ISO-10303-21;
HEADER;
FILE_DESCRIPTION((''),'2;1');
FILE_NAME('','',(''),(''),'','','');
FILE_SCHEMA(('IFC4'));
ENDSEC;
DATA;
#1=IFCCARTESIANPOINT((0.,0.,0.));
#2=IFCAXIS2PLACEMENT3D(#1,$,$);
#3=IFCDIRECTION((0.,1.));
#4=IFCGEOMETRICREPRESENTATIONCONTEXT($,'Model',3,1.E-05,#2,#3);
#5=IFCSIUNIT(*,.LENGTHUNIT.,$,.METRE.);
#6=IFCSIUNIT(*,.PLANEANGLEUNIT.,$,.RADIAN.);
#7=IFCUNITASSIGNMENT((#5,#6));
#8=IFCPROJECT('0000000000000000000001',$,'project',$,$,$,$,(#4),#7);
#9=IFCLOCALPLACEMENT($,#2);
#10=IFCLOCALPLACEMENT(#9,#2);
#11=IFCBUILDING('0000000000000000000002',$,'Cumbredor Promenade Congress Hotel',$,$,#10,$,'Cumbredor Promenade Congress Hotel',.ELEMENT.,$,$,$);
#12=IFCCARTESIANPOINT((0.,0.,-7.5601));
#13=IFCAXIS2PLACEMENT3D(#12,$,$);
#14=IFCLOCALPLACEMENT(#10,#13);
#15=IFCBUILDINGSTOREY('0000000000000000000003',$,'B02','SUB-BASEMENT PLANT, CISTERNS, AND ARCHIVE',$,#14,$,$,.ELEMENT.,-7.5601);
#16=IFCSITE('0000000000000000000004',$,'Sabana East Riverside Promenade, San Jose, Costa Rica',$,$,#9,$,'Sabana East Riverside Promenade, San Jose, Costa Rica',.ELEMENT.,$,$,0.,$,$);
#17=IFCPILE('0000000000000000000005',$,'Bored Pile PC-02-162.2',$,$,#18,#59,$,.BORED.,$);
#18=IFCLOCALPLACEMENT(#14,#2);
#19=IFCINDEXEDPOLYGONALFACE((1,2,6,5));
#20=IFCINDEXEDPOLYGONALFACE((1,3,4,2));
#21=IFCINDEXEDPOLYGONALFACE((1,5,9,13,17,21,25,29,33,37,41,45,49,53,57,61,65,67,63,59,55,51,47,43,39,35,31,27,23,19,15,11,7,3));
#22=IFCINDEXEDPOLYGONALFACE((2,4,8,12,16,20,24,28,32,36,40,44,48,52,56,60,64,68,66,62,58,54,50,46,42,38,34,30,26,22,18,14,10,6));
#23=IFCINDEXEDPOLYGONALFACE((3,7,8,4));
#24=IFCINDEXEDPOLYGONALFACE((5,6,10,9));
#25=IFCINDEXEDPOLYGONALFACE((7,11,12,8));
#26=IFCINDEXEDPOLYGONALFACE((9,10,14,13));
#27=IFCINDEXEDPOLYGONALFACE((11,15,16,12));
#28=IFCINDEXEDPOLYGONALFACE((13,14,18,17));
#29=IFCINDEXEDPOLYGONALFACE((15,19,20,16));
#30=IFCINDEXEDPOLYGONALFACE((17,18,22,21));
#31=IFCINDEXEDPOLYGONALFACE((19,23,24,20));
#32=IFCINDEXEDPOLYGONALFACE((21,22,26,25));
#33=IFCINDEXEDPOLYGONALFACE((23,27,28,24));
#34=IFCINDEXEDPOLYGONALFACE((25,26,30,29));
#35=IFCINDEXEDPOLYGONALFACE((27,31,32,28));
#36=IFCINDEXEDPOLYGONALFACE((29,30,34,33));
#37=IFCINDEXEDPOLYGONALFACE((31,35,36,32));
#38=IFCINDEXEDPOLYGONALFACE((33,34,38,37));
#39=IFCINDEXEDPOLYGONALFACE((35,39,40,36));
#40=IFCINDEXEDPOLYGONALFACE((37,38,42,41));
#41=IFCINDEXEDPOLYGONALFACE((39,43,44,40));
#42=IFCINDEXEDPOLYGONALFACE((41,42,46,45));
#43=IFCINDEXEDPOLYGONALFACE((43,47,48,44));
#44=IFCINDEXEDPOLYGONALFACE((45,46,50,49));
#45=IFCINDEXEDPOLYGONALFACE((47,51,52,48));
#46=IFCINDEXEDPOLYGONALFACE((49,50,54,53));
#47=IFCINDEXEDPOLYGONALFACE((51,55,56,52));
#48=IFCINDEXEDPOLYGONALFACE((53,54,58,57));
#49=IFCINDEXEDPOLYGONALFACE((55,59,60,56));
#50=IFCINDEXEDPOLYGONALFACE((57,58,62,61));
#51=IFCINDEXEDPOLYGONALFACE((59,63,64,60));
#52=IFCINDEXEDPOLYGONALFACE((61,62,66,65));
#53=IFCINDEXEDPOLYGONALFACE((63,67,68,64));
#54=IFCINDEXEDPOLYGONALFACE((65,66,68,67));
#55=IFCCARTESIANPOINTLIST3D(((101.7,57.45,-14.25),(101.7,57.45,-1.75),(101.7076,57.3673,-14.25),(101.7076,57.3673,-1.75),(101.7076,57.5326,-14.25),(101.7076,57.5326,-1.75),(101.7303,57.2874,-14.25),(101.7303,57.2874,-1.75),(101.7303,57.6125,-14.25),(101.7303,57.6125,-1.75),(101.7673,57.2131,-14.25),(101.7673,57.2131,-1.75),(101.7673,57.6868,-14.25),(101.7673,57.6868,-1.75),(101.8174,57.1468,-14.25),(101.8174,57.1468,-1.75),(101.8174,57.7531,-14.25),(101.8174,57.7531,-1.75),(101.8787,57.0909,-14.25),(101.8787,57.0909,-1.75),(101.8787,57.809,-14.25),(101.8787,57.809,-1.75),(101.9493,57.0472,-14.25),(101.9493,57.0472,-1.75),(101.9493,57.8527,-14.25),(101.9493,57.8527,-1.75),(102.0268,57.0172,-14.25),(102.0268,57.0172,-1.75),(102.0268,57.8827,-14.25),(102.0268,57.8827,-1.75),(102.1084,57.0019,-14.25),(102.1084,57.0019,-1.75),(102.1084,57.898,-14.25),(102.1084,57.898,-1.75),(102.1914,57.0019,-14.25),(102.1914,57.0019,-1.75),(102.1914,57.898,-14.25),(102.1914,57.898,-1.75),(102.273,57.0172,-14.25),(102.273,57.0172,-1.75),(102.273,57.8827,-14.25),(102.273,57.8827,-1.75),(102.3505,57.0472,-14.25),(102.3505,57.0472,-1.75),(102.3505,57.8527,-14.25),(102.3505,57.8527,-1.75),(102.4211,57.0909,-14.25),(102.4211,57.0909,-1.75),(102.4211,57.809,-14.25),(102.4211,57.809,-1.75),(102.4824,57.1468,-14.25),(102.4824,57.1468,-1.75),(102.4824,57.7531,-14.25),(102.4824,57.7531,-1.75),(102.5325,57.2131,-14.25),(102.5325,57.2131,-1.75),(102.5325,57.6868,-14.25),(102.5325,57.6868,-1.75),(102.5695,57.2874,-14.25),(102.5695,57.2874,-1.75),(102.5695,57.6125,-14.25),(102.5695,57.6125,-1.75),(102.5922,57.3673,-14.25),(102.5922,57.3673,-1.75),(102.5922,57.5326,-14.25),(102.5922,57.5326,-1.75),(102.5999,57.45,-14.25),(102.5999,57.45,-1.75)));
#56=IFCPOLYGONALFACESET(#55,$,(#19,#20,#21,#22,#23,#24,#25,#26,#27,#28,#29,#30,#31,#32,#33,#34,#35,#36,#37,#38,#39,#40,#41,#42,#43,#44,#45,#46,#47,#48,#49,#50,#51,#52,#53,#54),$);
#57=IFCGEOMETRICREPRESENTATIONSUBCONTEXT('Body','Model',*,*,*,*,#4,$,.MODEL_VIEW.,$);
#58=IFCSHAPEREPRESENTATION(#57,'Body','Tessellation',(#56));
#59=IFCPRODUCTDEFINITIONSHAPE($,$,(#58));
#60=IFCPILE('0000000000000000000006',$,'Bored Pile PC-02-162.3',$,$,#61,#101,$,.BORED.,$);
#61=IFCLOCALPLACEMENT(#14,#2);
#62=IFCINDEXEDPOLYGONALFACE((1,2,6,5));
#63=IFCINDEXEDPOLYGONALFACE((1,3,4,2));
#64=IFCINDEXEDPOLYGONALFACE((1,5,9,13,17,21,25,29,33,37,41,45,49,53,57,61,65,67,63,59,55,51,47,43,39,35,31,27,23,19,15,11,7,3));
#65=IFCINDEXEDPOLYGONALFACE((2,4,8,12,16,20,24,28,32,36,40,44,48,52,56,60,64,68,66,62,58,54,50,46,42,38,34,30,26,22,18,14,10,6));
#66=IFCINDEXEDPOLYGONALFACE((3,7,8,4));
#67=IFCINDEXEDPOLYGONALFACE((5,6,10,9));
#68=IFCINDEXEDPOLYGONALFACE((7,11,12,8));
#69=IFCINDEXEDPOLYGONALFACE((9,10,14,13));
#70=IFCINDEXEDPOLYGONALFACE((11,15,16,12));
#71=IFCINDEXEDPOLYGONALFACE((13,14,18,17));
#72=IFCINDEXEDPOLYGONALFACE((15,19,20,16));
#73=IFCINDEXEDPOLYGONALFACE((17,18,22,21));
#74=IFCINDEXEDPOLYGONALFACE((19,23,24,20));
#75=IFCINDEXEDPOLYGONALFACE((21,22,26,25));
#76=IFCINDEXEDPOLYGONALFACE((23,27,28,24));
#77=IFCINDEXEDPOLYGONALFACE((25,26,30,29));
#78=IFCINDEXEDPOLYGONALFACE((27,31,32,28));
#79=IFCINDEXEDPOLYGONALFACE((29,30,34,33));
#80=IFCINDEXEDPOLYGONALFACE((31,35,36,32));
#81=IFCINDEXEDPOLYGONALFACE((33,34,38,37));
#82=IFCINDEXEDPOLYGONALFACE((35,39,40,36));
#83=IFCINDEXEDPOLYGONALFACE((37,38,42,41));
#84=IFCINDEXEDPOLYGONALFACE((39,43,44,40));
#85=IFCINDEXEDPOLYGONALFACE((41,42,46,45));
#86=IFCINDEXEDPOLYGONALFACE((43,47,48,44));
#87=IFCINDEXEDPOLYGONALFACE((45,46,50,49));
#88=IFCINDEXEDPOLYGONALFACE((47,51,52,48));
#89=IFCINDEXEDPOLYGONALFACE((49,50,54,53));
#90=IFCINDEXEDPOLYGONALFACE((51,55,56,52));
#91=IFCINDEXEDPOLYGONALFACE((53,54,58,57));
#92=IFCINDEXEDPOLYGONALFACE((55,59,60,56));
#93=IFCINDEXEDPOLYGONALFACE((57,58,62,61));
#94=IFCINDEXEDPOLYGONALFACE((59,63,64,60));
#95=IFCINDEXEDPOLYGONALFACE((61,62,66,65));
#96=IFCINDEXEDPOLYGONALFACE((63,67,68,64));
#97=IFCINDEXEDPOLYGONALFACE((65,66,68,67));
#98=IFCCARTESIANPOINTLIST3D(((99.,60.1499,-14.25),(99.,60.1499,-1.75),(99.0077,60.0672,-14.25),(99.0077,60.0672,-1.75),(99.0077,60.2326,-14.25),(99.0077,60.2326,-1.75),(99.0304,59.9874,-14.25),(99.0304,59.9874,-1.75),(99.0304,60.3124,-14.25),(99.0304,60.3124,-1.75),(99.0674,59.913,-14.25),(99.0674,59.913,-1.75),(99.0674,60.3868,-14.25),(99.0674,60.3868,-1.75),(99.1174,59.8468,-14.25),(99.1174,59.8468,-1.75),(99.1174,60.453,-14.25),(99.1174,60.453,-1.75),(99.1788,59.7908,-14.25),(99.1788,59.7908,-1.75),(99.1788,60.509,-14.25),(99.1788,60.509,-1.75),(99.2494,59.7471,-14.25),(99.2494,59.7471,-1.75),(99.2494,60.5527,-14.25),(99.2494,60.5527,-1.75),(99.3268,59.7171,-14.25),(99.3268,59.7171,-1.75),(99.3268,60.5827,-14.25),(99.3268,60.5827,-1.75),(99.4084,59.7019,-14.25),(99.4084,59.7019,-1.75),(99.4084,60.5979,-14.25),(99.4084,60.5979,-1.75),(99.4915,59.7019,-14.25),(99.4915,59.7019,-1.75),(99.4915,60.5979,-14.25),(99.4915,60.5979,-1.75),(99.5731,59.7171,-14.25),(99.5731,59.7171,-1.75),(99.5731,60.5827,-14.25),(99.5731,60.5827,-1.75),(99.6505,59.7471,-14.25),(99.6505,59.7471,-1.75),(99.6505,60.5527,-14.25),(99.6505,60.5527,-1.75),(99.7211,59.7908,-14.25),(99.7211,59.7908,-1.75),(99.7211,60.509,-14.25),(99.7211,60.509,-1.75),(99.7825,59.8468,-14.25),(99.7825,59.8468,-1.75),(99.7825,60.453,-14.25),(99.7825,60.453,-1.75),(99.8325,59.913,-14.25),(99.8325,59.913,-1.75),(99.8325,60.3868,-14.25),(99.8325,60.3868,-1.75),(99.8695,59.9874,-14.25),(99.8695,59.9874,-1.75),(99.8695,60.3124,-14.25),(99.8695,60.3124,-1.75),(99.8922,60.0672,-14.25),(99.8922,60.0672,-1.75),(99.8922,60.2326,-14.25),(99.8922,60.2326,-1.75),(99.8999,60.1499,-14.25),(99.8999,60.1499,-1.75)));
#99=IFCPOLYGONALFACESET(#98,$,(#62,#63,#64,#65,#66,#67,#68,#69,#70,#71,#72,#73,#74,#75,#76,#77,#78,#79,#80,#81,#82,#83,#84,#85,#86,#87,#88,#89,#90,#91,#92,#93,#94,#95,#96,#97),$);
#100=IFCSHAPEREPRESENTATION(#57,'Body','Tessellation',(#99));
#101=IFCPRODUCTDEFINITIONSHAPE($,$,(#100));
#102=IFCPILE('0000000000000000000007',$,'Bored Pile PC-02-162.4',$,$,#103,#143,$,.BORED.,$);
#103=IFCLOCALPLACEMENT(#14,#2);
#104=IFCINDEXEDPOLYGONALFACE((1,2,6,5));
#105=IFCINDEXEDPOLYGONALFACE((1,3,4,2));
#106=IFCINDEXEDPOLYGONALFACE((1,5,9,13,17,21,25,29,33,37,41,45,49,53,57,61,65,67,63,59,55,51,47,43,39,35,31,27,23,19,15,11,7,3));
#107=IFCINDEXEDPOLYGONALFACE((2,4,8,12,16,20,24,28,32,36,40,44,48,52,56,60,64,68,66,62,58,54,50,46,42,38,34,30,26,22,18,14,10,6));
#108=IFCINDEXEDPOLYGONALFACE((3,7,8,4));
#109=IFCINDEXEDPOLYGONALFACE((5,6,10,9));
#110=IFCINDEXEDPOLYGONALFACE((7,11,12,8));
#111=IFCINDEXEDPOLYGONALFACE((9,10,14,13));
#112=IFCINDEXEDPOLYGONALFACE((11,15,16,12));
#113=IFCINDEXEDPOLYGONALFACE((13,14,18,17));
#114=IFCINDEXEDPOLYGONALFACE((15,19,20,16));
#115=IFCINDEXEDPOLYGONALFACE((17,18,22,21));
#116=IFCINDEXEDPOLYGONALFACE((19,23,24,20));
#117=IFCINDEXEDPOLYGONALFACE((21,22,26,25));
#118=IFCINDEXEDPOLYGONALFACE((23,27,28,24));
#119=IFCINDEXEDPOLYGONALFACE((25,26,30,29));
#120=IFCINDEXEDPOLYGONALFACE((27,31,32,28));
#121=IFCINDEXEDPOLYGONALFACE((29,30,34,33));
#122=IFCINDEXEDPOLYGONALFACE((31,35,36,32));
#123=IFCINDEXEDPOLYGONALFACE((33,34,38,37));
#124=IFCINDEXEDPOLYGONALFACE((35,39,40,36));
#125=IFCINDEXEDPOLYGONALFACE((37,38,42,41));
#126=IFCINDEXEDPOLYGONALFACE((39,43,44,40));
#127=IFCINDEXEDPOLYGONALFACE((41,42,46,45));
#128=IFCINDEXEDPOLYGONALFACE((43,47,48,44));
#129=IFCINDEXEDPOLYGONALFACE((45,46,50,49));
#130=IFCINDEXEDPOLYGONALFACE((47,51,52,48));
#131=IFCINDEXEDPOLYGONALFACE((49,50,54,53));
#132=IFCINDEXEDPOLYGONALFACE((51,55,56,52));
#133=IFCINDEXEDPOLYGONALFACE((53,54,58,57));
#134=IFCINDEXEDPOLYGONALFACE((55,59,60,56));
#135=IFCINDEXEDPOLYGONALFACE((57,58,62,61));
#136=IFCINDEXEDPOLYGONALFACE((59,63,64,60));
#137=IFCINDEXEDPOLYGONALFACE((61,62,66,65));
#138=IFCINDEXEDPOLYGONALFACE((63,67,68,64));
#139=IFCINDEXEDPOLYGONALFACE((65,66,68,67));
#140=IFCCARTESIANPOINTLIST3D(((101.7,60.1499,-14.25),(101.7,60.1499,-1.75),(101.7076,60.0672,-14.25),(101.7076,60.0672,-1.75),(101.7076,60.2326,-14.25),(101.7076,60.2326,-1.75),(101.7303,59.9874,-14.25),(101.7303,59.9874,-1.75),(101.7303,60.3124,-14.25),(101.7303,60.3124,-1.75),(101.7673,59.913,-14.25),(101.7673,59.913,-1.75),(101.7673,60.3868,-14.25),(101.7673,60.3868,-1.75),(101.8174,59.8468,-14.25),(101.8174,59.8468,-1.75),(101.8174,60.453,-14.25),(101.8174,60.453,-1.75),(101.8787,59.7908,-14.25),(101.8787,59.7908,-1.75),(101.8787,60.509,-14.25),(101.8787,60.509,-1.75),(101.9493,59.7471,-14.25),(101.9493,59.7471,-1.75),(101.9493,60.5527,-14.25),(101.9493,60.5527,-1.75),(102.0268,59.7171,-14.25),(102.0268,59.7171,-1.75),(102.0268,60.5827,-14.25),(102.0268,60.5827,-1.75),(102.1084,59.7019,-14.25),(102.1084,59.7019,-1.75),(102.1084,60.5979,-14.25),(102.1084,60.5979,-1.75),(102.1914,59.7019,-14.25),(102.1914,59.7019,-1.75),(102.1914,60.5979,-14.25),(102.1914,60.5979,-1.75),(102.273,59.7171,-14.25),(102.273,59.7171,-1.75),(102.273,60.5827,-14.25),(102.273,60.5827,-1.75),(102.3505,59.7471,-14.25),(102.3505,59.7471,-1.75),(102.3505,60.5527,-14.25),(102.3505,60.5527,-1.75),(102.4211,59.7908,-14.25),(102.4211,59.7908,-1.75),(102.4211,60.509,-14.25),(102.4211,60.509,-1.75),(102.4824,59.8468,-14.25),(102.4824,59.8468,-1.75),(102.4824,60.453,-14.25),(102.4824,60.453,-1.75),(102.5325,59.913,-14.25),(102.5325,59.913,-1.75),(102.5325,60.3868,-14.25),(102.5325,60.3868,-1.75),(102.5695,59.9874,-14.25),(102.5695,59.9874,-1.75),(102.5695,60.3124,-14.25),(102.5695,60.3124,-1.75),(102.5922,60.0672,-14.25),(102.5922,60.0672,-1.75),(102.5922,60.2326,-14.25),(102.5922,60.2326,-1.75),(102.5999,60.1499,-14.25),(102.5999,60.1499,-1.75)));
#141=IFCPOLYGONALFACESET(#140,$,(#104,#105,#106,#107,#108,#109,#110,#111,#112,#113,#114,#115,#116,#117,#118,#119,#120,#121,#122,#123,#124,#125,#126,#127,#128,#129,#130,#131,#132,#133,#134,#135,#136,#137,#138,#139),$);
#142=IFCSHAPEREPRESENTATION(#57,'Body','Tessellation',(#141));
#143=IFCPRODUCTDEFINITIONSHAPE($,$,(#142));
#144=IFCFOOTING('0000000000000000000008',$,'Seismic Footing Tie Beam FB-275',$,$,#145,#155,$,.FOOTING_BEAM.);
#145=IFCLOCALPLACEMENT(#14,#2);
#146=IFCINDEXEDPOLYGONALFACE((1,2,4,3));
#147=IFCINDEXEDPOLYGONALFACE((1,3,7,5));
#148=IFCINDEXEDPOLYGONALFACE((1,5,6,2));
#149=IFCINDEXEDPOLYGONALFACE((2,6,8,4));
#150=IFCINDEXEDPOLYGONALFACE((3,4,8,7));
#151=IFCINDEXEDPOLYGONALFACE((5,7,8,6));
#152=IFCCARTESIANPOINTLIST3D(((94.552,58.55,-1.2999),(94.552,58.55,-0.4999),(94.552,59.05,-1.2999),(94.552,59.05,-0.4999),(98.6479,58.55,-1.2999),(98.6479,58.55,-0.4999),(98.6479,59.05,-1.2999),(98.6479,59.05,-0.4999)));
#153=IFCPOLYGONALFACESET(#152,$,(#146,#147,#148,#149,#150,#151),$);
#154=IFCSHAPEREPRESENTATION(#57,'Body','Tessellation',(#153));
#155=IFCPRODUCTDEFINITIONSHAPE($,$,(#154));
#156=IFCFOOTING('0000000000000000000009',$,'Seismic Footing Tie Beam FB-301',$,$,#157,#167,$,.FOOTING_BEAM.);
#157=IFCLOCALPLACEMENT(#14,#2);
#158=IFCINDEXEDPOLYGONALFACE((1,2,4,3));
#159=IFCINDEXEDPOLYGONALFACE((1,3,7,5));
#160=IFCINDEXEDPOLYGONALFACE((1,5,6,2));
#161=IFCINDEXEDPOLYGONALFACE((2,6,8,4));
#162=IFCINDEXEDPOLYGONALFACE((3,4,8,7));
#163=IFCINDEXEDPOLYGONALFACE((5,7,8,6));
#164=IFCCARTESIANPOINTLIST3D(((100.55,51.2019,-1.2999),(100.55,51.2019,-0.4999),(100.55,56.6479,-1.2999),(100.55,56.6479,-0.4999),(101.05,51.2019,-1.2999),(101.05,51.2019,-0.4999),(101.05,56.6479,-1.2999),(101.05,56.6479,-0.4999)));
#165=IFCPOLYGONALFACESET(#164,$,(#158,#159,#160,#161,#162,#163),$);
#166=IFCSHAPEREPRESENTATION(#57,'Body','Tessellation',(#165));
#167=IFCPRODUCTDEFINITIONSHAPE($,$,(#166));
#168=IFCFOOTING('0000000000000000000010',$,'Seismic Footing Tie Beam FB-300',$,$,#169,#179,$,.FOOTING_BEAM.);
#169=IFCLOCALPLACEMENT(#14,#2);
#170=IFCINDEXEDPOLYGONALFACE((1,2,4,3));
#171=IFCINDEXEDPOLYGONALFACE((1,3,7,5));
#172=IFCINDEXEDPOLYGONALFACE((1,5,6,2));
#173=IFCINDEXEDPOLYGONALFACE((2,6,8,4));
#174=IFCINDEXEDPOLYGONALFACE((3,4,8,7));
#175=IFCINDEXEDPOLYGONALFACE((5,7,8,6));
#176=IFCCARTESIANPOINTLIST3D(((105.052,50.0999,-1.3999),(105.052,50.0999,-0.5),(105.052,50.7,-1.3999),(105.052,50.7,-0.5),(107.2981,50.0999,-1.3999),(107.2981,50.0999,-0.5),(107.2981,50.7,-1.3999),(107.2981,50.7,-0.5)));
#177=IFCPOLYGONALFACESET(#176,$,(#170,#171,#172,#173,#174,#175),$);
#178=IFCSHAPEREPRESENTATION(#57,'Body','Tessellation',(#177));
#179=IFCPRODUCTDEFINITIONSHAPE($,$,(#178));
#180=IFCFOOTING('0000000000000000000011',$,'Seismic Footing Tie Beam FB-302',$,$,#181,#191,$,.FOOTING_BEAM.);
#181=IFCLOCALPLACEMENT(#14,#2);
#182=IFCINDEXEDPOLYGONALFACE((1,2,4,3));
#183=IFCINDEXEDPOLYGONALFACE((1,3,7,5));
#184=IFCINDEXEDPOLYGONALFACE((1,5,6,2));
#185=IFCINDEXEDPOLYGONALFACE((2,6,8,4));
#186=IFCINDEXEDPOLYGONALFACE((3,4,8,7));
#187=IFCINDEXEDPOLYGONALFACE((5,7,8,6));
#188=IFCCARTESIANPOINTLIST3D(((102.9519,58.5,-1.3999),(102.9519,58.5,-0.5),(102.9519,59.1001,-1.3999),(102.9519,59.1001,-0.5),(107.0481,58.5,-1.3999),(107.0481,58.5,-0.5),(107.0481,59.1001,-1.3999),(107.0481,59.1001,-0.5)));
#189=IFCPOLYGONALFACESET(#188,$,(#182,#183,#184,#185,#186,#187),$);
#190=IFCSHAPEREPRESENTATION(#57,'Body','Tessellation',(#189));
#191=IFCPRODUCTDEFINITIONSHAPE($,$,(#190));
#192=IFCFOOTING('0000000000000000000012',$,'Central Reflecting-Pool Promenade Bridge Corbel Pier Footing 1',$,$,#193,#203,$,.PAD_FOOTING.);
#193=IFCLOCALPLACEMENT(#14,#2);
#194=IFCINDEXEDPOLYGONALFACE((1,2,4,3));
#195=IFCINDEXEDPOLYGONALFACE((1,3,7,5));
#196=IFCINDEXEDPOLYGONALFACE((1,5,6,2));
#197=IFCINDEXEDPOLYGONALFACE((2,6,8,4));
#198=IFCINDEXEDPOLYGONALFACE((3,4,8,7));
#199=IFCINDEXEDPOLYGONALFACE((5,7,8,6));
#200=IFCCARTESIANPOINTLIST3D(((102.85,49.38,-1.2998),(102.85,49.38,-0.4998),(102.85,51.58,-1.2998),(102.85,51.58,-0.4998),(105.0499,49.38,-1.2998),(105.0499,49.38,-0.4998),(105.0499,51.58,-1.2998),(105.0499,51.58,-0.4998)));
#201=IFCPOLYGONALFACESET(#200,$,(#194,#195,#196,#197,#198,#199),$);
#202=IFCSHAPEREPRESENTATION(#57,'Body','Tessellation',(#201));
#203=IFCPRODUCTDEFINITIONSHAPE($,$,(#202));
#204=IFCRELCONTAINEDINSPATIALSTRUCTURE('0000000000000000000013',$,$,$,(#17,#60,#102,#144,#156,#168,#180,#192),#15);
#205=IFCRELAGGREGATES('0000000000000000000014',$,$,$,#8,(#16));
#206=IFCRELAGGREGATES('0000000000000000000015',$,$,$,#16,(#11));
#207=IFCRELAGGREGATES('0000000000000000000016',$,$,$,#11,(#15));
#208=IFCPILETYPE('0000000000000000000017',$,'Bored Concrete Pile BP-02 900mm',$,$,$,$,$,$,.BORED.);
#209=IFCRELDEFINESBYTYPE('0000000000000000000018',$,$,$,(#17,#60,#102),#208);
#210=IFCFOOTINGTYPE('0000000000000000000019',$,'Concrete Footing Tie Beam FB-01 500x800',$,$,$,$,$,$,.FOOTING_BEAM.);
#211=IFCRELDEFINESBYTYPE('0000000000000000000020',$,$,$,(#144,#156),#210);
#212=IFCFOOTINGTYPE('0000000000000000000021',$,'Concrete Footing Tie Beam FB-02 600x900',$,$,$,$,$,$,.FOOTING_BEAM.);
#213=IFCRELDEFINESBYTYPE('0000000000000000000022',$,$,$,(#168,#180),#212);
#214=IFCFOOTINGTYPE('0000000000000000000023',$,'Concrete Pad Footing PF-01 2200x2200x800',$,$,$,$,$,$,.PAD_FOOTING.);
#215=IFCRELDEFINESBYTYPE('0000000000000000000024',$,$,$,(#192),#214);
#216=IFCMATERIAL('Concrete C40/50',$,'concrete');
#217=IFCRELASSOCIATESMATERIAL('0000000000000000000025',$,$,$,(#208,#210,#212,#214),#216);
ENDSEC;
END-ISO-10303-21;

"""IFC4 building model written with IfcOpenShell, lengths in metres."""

from ifc_helpers import new_model, si_unit, direction, frame, origin, origin_2d, place, context, subcontext, project, spatial, rectangle, circle, extrude, material, material_profile, profile_set, type_object, element, save


model = new_model("IFC4")

# Units and contexts
model_context = context("Model", 3, precision=1e-05, world=origin(), true_north=direction((0.0, 1.0)))
body_context = subcontext(model_context, "Body", "Model", "MODEL_VIEW")
ifc_project = project(units=[si_unit("LENGTHUNIT", "METRE"), si_unit("PLANEANGLEUNIT", "RADIAN")], contexts=[model_context])

# Site, building, storey
site_placement = place(None, origin())
site = spatial("IfcSite", under=ifc_project, at=site_placement, Name="Sabana East Riverside Promenade, San Jose, Costa Rica", LongName="Sabana East Riverside Promenade, San Jose, Costa Rica", CompositionType="ELEMENT", RefElevation=0.0)
building_placement = place(site_placement, origin())
building = spatial("IfcBuilding", under=site, at=building_placement, Name="Cumbredor Promenade Congress Hotel", LongName="Cumbredor Promenade Congress Hotel", CompositionType="ELEMENT")
storey_placement = place(building_placement, frame((0.0, 0.0, -7.5601)))
storey = spatial("IfcBuildingStorey", under=building, at=storey_placement, Name="B02", Description="SUB-BASEMENT PLANT, CISTERNS, AND ARCHIVE", CompositionType="ELEMENT", Elevation=-7.5601)

# Piles
ifc_material_1 = material(Name="Concrete C40/50", Category="concrete")
ifc_material_profile_1 = material_profile(ifc_material_1, circle(Radius=0.45, at=origin_2d()), Name="PILE D900")
ifc_profile_set_1 = profile_set([ifc_material_profile_1], Name="Concrete C40/50")
pile_type_1 = type_object("IfcPileType", Name="Bored Concrete Pile BP-02 900mm", PredefinedType="BORED", material=ifc_profile_set_1)
for number, where, z_axis, x_axis, name in (
    (1, (102.1499, 57.45, -1.75), (0.0, 0.0, -1.0), (1.0, 0.0, 0.0), "Bored Pile PC-02-162.2"),
    (2, (99.45, 60.1499, -1.75), (0.0, 0.0, -1.0), (1.0, 0.0, 0.0), "Bored Pile PC-02-162.3"),
    (3, (102.1499, 60.1499, -1.75), (0.0, 0.0, -1.0), (1.0, 0.0, 0.0), "Bored Pile PC-02-162.4"),
):
    element("IfcPile", number, at=place(storey_placement, frame(where, z_axis=z_axis, x_axis=x_axis)), inside=storey, type_object=pile_type_1, Name=name, PredefinedType="BORED", context=body_context, shape_type="SweptSolid", body=[
        extrude(circle(Radius=0.45, at=origin_2d()), origin(), (0.0, 0.0, 1.0), 12.5),
    ])

# Footings
ifc_material_profile_2 = material_profile(ifc_material_1, rectangle(XDim=0.5, YDim=0.8, at=origin_2d()), Name="FB 500x800")
ifc_profile_set_2 = profile_set([ifc_material_profile_2], Name="Concrete C40/50")
footing_type_1 = type_object("IfcFootingType", Name="Concrete Footing Tie Beam FB-01 500x800", PredefinedType="FOOTING_BEAM", material=ifc_profile_set_2)
footing_1_placement = place(storey_placement, frame((94.552, 58.8, -0.8999), z_axis=(1.0, 0.0, 0.0), x_axis=(0.0, 1.0, 0.0)))
element("IfcFooting", 4, at=footing_1_placement, inside=storey, type_object=footing_type_1, Name="Seismic Footing Tie Beam FB-275", PredefinedType="FOOTING_BEAM", context=body_context, shape_type="SweptSolid", body=[
    extrude(rectangle(XDim=0.5, YDim=0.8, at=origin_2d()), origin(), (0.0, 0.0, 1.0), 4.0959),
])
footing_2_placement = place(storey_placement, frame((100.8, 51.2019, -0.8999), z_axis=(0.0, 1.0, 0.0), x_axis=(-1.0, 0.0, 0.0)))
element("IfcFooting", 5, at=footing_2_placement, inside=storey, type_object=footing_type_1, Name="Seismic Footing Tie Beam FB-301", PredefinedType="FOOTING_BEAM", context=body_context, shape_type="SweptSolid", body=[
    extrude(rectangle(XDim=0.5, YDim=0.8, at=origin_2d()), origin(), (0.0, 0.0, 1.0), 5.446),
])
ifc_material_profile_3 = material_profile(ifc_material_1, rectangle(XDim=0.6001, YDim=0.8999, at=origin_2d()), Name="FB 600x900")
ifc_profile_set_3 = profile_set([ifc_material_profile_3], Name="Concrete C40/50")
footing_type_2 = type_object("IfcFootingType", Name="Concrete Footing Tie Beam FB-02 600x900", PredefinedType="FOOTING_BEAM", material=ifc_profile_set_3)
footing_3_placement = place(storey_placement, frame((105.052, 50.3999, -0.95), z_axis=(1.0, 0.0, 0.0), x_axis=(0.0, 1.0, 0.0)))
element("IfcFooting", 6, at=footing_3_placement, inside=storey, type_object=footing_type_2, Name="Seismic Footing Tie Beam FB-300", PredefinedType="FOOTING_BEAM", context=body_context, shape_type="SweptSolid", body=[
    extrude(rectangle(XDim=0.6001, YDim=0.8999, at=origin_2d()), origin(), (0.0, 0.0, 1.0), 2.2461),
])
footing_4_placement = place(storey_placement, frame((102.9519, 58.8, -0.95), z_axis=(1.0, 0.0, 0.0), x_axis=(0.0, 1.0, 0.0)))
element("IfcFooting", 7, at=footing_4_placement, inside=storey, type_object=footing_type_2, Name="Seismic Footing Tie Beam FB-302", PredefinedType="FOOTING_BEAM", context=body_context, shape_type="SweptSolid", body=[
    extrude(rectangle(XDim=0.6001, YDim=0.8999, at=origin_2d()), origin(), (0.0, 0.0, 1.0), 4.0962),
])
footing_type_3 = type_object("IfcFootingType", Name="Concrete Pad Footing PF-01 2200x2200x800", PredefinedType="PAD_FOOTING", material=ifc_material_1)
footing_5_placement = place(storey_placement, frame((103.95, 50.48, -1.2998), z_axis=(0.0, 0.0, 1.0), x_axis=(1.0, 0.0, 0.0)))
element("IfcFooting", 8, at=footing_5_placement, inside=storey, type_object=footing_type_3, Name="Central Reflecting-Pool Promenade Bridge Corbel Pier Footing 1", PredefinedType="PAD_FOOTING", context=body_context, shape_type="SweptSolid", body=[
    extrude(rectangle(XDim=2.2, YDim=2.2, at=origin_2d()), origin(), (0.0, 0.0, 1.0), 0.8),
])

save(model, "model.ifc")
